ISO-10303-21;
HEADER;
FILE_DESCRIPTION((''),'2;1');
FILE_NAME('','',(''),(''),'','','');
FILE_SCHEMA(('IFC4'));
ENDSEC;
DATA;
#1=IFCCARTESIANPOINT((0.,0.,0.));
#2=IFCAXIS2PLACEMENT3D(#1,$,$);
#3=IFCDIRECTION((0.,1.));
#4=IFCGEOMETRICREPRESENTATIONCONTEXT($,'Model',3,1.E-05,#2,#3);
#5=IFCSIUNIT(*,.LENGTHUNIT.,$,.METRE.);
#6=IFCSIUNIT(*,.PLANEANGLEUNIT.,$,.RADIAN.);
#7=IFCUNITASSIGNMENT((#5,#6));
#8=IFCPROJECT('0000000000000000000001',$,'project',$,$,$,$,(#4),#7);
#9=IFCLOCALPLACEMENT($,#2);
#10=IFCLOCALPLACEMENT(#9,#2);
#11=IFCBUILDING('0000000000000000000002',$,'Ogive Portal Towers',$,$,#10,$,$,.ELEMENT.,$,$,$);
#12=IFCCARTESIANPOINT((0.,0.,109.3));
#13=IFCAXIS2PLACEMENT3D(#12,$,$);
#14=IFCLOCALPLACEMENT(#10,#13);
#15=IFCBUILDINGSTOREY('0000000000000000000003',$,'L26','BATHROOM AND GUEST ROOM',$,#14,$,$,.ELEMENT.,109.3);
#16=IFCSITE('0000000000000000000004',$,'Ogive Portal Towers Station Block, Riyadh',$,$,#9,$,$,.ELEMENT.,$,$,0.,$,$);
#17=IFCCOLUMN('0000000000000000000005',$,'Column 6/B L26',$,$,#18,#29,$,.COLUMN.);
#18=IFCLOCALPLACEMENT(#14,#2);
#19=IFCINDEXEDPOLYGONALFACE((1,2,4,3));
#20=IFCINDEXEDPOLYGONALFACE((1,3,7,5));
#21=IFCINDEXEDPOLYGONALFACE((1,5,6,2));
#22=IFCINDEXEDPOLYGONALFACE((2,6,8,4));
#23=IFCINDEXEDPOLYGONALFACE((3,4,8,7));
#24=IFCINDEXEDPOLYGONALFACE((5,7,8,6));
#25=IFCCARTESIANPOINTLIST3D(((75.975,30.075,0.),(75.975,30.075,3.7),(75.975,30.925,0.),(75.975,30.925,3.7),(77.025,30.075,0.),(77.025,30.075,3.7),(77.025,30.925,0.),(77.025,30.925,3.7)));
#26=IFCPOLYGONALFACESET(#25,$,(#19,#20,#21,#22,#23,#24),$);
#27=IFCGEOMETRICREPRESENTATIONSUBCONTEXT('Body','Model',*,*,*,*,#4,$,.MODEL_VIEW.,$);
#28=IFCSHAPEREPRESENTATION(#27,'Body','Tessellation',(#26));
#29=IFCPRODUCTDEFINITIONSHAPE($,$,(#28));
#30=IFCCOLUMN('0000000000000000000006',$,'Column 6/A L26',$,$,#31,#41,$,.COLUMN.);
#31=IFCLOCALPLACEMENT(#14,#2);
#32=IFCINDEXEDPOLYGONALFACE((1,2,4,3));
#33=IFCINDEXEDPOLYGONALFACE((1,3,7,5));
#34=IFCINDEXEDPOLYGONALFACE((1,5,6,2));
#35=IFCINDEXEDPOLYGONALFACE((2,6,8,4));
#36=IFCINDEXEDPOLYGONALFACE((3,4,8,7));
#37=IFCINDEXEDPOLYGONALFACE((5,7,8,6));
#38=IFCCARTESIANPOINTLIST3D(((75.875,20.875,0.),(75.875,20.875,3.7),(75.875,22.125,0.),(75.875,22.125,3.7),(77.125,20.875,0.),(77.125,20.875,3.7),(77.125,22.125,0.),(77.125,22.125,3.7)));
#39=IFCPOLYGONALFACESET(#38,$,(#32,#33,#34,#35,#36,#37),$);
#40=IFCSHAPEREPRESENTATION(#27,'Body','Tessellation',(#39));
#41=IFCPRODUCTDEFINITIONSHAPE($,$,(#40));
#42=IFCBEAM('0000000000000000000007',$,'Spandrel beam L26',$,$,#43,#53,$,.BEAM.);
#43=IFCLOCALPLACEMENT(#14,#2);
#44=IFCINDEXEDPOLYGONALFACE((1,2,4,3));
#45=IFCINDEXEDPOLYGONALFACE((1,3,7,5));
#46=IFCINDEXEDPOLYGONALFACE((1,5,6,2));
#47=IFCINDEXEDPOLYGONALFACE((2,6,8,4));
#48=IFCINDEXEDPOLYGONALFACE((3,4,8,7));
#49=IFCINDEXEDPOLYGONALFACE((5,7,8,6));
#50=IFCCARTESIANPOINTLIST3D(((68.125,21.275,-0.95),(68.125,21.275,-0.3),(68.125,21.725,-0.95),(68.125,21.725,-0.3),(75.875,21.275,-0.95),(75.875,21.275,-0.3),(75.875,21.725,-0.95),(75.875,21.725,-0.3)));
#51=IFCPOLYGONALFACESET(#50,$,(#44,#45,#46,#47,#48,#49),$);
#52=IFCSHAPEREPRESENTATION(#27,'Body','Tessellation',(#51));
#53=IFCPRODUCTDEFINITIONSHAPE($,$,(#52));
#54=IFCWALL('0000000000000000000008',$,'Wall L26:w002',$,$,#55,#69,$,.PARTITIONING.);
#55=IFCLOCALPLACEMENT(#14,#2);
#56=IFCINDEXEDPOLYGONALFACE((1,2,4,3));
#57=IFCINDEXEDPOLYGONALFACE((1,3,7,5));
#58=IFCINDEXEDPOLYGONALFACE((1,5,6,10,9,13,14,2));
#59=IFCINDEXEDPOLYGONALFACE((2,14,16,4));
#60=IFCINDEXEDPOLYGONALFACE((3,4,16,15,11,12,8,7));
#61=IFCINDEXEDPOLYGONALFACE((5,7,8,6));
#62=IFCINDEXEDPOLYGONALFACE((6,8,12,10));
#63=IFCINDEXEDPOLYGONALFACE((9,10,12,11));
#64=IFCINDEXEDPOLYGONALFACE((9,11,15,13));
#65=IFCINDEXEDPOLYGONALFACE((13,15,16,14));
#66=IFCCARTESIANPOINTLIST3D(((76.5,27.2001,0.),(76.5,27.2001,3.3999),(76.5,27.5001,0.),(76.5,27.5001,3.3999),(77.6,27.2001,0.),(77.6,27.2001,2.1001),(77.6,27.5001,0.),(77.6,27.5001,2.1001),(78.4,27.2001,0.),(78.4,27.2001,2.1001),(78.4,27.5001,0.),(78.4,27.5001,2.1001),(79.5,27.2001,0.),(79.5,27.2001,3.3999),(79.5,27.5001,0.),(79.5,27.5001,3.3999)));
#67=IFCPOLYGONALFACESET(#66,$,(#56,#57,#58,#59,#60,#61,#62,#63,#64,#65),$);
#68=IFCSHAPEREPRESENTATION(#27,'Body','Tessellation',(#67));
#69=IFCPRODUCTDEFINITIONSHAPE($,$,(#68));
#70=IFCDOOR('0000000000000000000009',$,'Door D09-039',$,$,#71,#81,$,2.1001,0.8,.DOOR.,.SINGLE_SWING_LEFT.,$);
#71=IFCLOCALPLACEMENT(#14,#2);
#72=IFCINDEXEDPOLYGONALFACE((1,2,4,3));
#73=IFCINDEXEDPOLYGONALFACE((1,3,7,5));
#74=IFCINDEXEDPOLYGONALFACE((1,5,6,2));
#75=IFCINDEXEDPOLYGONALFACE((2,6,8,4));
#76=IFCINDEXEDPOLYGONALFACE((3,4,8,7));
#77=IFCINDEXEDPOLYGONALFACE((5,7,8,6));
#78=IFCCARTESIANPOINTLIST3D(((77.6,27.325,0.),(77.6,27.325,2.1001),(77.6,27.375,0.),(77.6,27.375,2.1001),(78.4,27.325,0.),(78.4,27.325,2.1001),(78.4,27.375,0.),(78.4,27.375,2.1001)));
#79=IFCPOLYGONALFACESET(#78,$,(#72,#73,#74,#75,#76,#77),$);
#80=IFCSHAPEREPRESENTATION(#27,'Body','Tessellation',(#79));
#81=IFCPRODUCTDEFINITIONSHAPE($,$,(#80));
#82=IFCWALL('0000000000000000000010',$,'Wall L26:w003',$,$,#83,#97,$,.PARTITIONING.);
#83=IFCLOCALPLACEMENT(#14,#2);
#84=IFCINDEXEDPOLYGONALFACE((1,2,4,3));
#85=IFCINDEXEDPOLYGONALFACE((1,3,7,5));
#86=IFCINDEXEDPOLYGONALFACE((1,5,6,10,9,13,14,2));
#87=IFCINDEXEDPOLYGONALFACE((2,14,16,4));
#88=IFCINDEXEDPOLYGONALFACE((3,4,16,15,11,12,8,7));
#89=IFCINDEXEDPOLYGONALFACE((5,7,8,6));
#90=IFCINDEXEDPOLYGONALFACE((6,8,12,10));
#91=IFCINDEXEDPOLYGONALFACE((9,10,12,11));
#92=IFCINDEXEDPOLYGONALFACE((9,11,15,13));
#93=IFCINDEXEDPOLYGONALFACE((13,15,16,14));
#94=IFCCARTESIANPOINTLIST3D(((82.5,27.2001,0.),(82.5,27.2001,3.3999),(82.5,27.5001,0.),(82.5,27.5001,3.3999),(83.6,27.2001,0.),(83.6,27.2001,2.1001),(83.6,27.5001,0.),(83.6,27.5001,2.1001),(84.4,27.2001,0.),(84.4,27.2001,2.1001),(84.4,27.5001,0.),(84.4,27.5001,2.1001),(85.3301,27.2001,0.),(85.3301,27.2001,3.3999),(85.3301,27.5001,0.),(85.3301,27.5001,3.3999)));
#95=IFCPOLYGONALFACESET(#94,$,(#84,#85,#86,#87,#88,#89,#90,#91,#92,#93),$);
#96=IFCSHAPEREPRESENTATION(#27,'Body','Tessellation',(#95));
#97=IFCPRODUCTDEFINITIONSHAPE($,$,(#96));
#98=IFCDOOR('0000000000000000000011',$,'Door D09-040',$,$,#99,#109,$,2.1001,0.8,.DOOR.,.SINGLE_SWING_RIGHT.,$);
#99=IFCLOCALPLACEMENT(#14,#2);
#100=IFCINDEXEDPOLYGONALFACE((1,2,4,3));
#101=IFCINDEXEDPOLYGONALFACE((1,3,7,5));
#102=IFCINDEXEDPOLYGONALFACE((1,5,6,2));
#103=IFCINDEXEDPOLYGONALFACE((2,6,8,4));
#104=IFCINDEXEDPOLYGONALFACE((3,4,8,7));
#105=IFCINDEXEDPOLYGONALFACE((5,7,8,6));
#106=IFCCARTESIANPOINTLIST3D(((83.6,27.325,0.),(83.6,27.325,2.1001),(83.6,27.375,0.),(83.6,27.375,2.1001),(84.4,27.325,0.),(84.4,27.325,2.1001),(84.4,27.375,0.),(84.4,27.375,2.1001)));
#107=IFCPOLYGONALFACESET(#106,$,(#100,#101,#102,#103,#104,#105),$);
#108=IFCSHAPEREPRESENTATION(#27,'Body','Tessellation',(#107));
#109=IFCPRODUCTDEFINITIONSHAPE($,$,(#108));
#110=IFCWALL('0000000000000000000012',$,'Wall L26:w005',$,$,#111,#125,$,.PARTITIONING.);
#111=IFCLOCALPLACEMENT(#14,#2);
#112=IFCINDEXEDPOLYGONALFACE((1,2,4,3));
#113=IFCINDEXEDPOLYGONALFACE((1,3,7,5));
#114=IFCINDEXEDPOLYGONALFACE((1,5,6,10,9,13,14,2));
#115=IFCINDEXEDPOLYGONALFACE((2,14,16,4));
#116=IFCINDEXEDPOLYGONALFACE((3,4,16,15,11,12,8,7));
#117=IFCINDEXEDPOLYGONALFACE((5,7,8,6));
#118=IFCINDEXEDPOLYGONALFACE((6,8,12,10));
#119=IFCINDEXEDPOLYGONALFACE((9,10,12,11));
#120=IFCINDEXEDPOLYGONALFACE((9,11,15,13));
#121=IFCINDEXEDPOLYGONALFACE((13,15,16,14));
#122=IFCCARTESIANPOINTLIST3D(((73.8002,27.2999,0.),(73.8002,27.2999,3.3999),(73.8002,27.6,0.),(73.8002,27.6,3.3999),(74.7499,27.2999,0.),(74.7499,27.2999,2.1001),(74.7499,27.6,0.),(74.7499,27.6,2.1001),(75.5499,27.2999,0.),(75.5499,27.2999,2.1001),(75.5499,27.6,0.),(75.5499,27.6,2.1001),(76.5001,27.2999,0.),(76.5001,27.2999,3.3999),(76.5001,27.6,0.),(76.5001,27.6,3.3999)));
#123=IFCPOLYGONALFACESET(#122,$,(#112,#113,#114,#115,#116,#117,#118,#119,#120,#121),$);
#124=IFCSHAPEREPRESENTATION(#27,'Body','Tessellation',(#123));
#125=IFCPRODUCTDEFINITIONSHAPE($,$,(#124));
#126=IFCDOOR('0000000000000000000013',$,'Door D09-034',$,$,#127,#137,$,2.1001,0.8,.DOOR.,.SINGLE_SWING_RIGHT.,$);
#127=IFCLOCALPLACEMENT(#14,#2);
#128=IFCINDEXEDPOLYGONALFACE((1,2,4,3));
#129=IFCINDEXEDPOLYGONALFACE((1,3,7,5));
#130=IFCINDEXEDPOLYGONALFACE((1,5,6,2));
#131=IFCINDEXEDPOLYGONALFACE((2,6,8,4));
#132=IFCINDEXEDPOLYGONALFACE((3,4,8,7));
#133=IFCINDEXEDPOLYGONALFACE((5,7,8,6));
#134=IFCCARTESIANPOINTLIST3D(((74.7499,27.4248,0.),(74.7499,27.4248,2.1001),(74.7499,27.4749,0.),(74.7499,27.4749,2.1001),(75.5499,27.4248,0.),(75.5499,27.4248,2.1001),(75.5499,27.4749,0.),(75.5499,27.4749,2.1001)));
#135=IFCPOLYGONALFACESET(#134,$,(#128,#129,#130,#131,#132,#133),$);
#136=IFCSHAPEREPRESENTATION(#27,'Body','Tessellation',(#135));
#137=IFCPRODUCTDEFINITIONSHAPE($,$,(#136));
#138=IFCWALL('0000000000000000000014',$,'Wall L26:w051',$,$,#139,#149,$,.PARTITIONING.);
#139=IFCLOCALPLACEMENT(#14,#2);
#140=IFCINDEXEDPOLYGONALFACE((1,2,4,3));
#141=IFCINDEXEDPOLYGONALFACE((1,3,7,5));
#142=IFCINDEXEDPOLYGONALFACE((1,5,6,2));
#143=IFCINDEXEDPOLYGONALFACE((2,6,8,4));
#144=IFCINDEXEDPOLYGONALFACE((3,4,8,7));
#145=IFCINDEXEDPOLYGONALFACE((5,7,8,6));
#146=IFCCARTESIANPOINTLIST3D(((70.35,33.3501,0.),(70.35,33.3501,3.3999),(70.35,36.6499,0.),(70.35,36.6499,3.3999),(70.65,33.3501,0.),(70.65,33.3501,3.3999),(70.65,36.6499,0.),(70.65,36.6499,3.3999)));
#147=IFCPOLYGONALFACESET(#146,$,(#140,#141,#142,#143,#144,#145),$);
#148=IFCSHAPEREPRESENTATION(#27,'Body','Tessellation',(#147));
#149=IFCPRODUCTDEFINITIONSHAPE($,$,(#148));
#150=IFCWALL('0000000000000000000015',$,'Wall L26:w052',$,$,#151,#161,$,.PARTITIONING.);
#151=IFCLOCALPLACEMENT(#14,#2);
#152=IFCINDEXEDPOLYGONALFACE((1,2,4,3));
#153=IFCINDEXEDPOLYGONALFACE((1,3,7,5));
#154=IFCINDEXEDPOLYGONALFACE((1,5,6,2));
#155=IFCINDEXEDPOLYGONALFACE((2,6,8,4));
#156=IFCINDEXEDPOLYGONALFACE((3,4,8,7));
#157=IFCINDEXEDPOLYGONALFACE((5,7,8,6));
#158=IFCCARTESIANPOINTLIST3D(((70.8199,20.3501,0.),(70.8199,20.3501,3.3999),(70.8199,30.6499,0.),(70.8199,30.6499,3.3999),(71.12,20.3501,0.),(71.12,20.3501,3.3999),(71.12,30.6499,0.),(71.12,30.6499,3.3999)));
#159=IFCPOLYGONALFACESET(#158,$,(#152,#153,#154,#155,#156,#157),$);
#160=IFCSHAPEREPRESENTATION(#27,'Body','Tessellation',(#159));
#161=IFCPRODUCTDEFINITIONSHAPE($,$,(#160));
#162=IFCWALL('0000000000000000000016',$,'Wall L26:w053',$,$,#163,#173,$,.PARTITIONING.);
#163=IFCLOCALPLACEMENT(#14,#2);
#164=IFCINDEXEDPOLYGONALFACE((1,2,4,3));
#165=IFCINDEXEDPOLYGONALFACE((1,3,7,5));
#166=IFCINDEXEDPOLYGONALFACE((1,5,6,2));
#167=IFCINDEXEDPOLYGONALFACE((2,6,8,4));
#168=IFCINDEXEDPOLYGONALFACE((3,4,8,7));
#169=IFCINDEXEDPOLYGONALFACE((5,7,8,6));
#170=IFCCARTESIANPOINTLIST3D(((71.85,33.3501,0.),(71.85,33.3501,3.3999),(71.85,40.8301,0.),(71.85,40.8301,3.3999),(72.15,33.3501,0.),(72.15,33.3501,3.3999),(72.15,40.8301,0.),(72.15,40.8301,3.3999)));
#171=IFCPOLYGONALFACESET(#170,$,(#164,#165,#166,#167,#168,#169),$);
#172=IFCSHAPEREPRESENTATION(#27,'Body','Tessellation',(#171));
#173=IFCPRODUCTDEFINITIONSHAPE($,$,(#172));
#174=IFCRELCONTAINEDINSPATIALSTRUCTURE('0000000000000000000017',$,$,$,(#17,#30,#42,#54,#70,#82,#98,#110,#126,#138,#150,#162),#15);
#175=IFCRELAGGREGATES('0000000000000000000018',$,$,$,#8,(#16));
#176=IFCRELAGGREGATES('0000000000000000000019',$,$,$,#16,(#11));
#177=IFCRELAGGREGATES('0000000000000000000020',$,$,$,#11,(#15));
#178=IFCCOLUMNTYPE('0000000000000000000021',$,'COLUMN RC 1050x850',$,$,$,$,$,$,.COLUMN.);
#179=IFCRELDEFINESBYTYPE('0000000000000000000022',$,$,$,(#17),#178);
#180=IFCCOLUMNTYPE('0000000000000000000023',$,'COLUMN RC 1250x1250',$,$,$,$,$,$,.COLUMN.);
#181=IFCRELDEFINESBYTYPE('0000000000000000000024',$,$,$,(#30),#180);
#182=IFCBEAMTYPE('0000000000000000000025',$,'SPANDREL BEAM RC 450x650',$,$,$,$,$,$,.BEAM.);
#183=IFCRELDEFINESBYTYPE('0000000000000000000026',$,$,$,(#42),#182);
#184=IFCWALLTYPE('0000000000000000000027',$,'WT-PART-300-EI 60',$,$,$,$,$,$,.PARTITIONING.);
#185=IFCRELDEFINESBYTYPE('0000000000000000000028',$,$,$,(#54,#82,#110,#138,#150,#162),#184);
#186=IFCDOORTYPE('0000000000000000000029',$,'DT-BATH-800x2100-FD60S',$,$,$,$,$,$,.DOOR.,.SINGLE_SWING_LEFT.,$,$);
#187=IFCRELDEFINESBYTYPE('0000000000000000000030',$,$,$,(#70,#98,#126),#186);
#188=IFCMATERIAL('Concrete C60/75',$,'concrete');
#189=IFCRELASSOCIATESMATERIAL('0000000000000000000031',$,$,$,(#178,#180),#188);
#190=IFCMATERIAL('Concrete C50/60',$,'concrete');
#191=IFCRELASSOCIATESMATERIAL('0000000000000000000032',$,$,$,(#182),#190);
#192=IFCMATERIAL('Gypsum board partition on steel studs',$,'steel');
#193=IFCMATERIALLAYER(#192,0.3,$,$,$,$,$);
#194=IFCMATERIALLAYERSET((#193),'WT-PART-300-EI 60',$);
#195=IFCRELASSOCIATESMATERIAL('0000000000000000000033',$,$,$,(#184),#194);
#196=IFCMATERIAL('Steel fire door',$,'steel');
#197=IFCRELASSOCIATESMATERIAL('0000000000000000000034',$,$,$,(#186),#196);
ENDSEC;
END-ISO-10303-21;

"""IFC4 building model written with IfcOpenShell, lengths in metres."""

from ifc_helpers import new_model, si_unit, direction, frame, frame_2d, origin, origin_2d, place, context, subcontext, project, spatial, rectangle, extrude, material, layer, layer_set, material_profile, profile_set, type_object, element, fill, save


model = new_model("IFC4")

# Units and contexts
model_context = context("Model", 3, precision=1e-05, world=origin(), true_north=direction((0.0, 1.0)))
body_context = subcontext(model_context, "Body", "Model", "MODEL_VIEW")
ifc_project = project(units=[si_unit("LENGTHUNIT", "METRE"), si_unit("PLANEANGLEUNIT", "RADIAN")], contexts=[model_context])

# Site, building, storey
site_placement = place(None, origin())
site = spatial("IfcSite", under=ifc_project, at=site_placement, Name="Ogive Portal Towers Station Block, Riyadh", CompositionType="ELEMENT", RefElevation=0.0)
building_placement = place(site_placement, origin())
building = spatial("IfcBuilding", under=site, at=building_placement, Name="Ogive Portal Towers", CompositionType="ELEMENT")
storey_placement = place(building_placement, frame((0.0, 0.0, 109.3)))
storey = spatial("IfcBuildingStorey", under=building, at=storey_placement, Name="L26", Description="BATHROOM AND GUEST ROOM", CompositionType="ELEMENT", Elevation=109.3)

# Columns
ifc_material_1 = material(Name="Concrete C60/75", Category="concrete")
ifc_material_profile_1 = material_profile(ifc_material_1, rectangle(XDim=1.05, YDim=0.8501, at=origin_2d()), Name="RC 1050x850")
ifc_profile_set_1 = profile_set([ifc_material_profile_1], Name="Concrete C60/75")
column_type_1 = type_object("IfcColumnType", Name="COLUMN RC 1050x850", PredefinedType="COLUMN", material=ifc_profile_set_1)
column_1_placement = place(storey_placement, frame((76.5, 30.5, 0.0), z_axis=(0.0, 0.0, 1.0), x_axis=(1.0, 0.0, 0.0)))
element("IfcColumn", 1, at=column_1_placement, inside=storey, type_object=column_type_1, Name="Column 6/B L26", PredefinedType="COLUMN", context=body_context, shape_type="SweptSolid", body=[
    extrude(rectangle(XDim=1.05, YDim=0.8501, at=origin_2d()), origin(), (0.0, 0.0, 1.0), 3.7),
])
ifc_material_profile_2 = material_profile(ifc_material_1, rectangle(XDim=1.25, YDim=1.25, at=origin_2d()), Name="RC 1250x1250")
ifc_profile_set_2 = profile_set([ifc_material_profile_2], Name="Concrete C60/75")
column_type_2 = type_object("IfcColumnType", Name="COLUMN RC 1250x1250", PredefinedType="COLUMN", material=ifc_profile_set_2)
column_2_placement = place(storey_placement, frame((76.5, 21.5, 0.0), z_axis=(0.0, 0.0, 1.0), x_axis=(1.0, 0.0, 0.0)))
element("IfcColumn", 2, at=column_2_placement, inside=storey, type_object=column_type_2, Name="Column 6/A L26", PredefinedType="COLUMN", context=body_context, shape_type="SweptSolid", body=[
    extrude(rectangle(XDim=1.25, YDim=1.25, at=origin_2d()), origin(), (0.0, 0.0, 1.0), 3.7),
])

# Beam
ifc_material_2 = material(Name="Concrete C50/60", Category="concrete")
ifc_material_profile_3 = material_profile(ifc_material_2, rectangle(XDim=0.45, YDim=0.6499, at=origin_2d()), Name="RC 450x650")
ifc_profile_set_3 = profile_set([ifc_material_profile_3], Name="Concrete C50/60")
beam_type = type_object("IfcBeamType", Name="SPANDREL BEAM RC 450x650", PredefinedType="BEAM", material=ifc_profile_set_3)
beam_placement = place(storey_placement, frame((75.875, 21.5, -0.625), z_axis=(-1.0, 0.0, 0.0), x_axis=(0.0, -1.0, 0.0)))
element("IfcBeam", 3, at=beam_placement, inside=storey, type_object=beam_type, Name="Spandrel beam L26", PredefinedType="BEAM", context=body_context, shape_type="SweptSolid", body=[
    extrude(rectangle(XDim=0.45, YDim=0.6499, at=origin_2d()), origin(), (0.0, 0.0, 1.0), 7.75),
])

# Walls, openings, doors
ifc_material_3 = material(Name="Gypsum board partition on steel studs", Category="steel")
ifc_layer = layer(ifc_material_3, 0.3)
ifc_layer_set = layer_set([ifc_layer], Name="WT-PART-300-EI 60")
wall_type = type_object("IfcWallType", Name="WT-PART-300-EI 60", PredefinedType="PARTITIONING", material=ifc_layer_set)
wall_1_placement = place(storey_placement, frame((76.5, 27.3501, 0.0), z_axis=(0.0, 0.0, 1.0), x_axis=(1.0, 0.0, 0.0)))
wall_1 = element("IfcWall", 4, at=wall_1_placement, inside=storey, type_object=wall_type, Name="Wall L26:w002", PredefinedType="PARTITIONING", context=body_context, shape_type="SweptSolid", body=[
    extrude(rectangle(XDim=3.0, YDim=0.3, at=frame_2d((1.5, 0.0))), origin(), (0.0, 0.0, 1.0), 3.3999),
])
opening_1_placement = place(wall_1_placement, frame((1.1001, 0.0, 0.0)))
opening_1 = element("IfcOpeningElement", 5, at=opening_1_placement, cuts=wall_1, PredefinedType="OPENING", context=body_context, shape_type="SweptSolid", body=[
    extrude(rectangle(XDim=0.8, YDim=2.1001, at=frame_2d((0.3999, 1.05))), frame((0.0, 0.1602, 0.0), z_axis=(0.0, -1.0, 0.0), x_axis=(1.0, 0.0, 0.0)), (0.0, 0.0, 1.0), 0.3201),
])
ifc_material_4 = material(Name="Steel fire door", Category="steel")
door_type = type_object("IfcDoorType", Name="DT-BATH-800x2100-FD60S", OperationType="SINGLE_SWING_LEFT", PredefinedType="DOOR", material=ifc_material_4)
door_1_placement = place(opening_1_placement, origin())
door_1 = element("IfcDoor", 6, at=door_1_placement, inside=storey, type_object=door_type, Name="Door D09-039", OperationType="SINGLE_SWING_LEFT", OverallHeight=2.1001, OverallWidth=0.8, PredefinedType="DOOR", context=body_context, shape_type="SweptSolid", body=[
    extrude(rectangle(XDim=0.8, YDim=2.1001, at=frame_2d((0.3999, 1.05))), frame((0.0, 0.0249, 0.0), z_axis=(0.0, -1.0, 0.0), x_axis=(1.0, 0.0, 0.0)), (0.0, 0.0, 1.0), 0.05),
])
fill(opening_1, door_1)
wall_2_placement = place(storey_placement, frame((82.5, 27.3501, 0.0), z_axis=(0.0, 0.0, 1.0), x_axis=(1.0, 0.0, 0.0)))
wall_2 = element("IfcWall", 7, at=wall_2_placement, inside=storey, type_object=wall_type, Name="Wall L26:w003", PredefinedType="PARTITIONING", context=body_context, shape_type="SweptSolid", body=[
    extrude(rectangle(XDim=2.8301, YDim=0.3, at=frame_2d((1.415, 0.0))), origin(), (0.0, 0.0, 1.0), 3.3999),
])
opening_2_placement = place(wall_2_placement, frame((1.1001, 0.0, 0.0)))
opening_2 = element("IfcOpeningElement", 8, at=opening_2_placement, cuts=wall_2, PredefinedType="OPENING", context=body_context, shape_type="SweptSolid", body=[
    extrude(rectangle(XDim=0.8, YDim=2.1001, at=frame_2d((0.3999, 1.05))), frame((0.0, 0.1602, 0.0), z_axis=(0.0, -1.0, 0.0), x_axis=(1.0, 0.0, 0.0)), (0.0, 0.0, 1.0), 0.3201),
])
door_2_placement = place(opening_2_placement, origin())
door_2 = element("IfcDoor", 9, at=door_2_placement, inside=storey, type_object=door_type, Name="Door D09-040", OperationType="SINGLE_SWING_RIGHT", OverallHeight=2.1001, OverallWidth=0.8, PredefinedType="DOOR", context=body_context, shape_type="SweptSolid", body=[
    extrude(rectangle(XDim=0.8, YDim=2.1001, at=frame_2d((0.3999, 1.05))), frame((0.0, 0.0249, 0.0), z_axis=(0.0, -1.0, 0.0), x_axis=(1.0, 0.0, 0.0)), (0.0, 0.0, 1.0), 0.05),
])
fill(opening_2, door_2)
wall_3_placement = place(storey_placement, frame((73.8, 27.45, 0.0), z_axis=(0.0, 0.0, 1.0), x_axis=(1.0, 0.0, 0.0)))
wall_3 = element("IfcWall", 10, at=wall_3_placement, inside=storey, type_object=wall_type, Name="Wall L26:w005", PredefinedType="PARTITIONING", context=body_context, shape_type="SweptSolid", body=[
    extrude(rectangle(XDim=2.7, YDim=0.3, at=frame_2d((1.3501, 0.0))), origin(), (0.0, 0.0, 1.0), 3.3999),
])
opening_3_placement = place(wall_3_placement, frame((0.95, 0.0, 0.0)))
opening_3 = element("IfcOpeningElement", 11, at=opening_3_placement, cuts=wall_3, PredefinedType="OPENING", context=body_context, shape_type="SweptSolid", body=[
    extrude(rectangle(XDim=0.8, YDim=2.1001, at=frame_2d((0.3999, 1.05))), frame((0.0, 0.1602, 0.0), z_axis=(0.0, -1.0, 0.0), x_axis=(1.0, 0.0, 0.0)), (0.0, 0.0, 1.0), 0.3201),
])
door_3_placement = place(opening_3_placement, origin())
door_3 = element("IfcDoor", 12, at=door_3_placement, inside=storey, type_object=door_type, Name="Door D09-034", OperationType="SINGLE_SWING_RIGHT", OverallHeight=2.1001, OverallWidth=0.8, PredefinedType="DOOR", context=body_context, shape_type="SweptSolid", body=[
    extrude(rectangle(XDim=0.8, YDim=2.1001, at=frame_2d((0.3999, 1.05))), frame((0.0, 0.0249, 0.0), z_axis=(0.0, -1.0, 0.0), x_axis=(1.0, 0.0, 0.0)), (0.0, 0.0, 1.0), 0.05),
])
fill(opening_3, door_3)

# Walls
wall_4_placement = place(storey_placement, frame((70.5, 33.3501, 0.0), z_axis=(0.0, 0.0, 1.0), x_axis=(0.0, 1.0, 0.0)))
element("IfcWall", 13, at=wall_4_placement, inside=storey, type_object=wall_type, Name="Wall L26:w051", PredefinedType="PARTITIONING", context=body_context, shape_type="SweptSolid", body=[
    extrude(rectangle(XDim=3.2998, YDim=0.3, at=frame_2d((1.6499, 0.0))), origin(), (0.0, 0.0, 1.0), 3.3999),
])
wall_5_placement = place(storey_placement, frame((70.97, 20.3501, 0.0), z_axis=(0.0, 0.0, 1.0), x_axis=(0.0, 1.0, 0.0)))
element("IfcWall", 14, at=wall_5_placement, inside=storey, type_object=wall_type, Name="Wall L26:w052", PredefinedType="PARTITIONING", context=body_context, shape_type="SweptSolid", body=[
    extrude(rectangle(XDim=10.2998, YDim=0.3, at=frame_2d((5.1499, 0.0))), origin(), (0.0, 0.0, 1.0), 3.3999),
])
wall_6_placement = place(storey_placement, frame((72.0, 33.3501, 0.0), z_axis=(0.0, 0.0, 1.0), x_axis=(0.0, 1.0, 0.0)))
element("IfcWall", 15, at=wall_6_placement, inside=storey, type_object=wall_type, Name="Wall L26:w053", PredefinedType="PARTITIONING", context=body_context, shape_type="SweptSolid", body=[
    extrude(rectangle(XDim=7.48, YDim=0.3, at=frame_2d((3.74, 0.0))), origin(), (0.0, 0.0, 1.0), 3.3999),
])

save(model, "model.ifc")
